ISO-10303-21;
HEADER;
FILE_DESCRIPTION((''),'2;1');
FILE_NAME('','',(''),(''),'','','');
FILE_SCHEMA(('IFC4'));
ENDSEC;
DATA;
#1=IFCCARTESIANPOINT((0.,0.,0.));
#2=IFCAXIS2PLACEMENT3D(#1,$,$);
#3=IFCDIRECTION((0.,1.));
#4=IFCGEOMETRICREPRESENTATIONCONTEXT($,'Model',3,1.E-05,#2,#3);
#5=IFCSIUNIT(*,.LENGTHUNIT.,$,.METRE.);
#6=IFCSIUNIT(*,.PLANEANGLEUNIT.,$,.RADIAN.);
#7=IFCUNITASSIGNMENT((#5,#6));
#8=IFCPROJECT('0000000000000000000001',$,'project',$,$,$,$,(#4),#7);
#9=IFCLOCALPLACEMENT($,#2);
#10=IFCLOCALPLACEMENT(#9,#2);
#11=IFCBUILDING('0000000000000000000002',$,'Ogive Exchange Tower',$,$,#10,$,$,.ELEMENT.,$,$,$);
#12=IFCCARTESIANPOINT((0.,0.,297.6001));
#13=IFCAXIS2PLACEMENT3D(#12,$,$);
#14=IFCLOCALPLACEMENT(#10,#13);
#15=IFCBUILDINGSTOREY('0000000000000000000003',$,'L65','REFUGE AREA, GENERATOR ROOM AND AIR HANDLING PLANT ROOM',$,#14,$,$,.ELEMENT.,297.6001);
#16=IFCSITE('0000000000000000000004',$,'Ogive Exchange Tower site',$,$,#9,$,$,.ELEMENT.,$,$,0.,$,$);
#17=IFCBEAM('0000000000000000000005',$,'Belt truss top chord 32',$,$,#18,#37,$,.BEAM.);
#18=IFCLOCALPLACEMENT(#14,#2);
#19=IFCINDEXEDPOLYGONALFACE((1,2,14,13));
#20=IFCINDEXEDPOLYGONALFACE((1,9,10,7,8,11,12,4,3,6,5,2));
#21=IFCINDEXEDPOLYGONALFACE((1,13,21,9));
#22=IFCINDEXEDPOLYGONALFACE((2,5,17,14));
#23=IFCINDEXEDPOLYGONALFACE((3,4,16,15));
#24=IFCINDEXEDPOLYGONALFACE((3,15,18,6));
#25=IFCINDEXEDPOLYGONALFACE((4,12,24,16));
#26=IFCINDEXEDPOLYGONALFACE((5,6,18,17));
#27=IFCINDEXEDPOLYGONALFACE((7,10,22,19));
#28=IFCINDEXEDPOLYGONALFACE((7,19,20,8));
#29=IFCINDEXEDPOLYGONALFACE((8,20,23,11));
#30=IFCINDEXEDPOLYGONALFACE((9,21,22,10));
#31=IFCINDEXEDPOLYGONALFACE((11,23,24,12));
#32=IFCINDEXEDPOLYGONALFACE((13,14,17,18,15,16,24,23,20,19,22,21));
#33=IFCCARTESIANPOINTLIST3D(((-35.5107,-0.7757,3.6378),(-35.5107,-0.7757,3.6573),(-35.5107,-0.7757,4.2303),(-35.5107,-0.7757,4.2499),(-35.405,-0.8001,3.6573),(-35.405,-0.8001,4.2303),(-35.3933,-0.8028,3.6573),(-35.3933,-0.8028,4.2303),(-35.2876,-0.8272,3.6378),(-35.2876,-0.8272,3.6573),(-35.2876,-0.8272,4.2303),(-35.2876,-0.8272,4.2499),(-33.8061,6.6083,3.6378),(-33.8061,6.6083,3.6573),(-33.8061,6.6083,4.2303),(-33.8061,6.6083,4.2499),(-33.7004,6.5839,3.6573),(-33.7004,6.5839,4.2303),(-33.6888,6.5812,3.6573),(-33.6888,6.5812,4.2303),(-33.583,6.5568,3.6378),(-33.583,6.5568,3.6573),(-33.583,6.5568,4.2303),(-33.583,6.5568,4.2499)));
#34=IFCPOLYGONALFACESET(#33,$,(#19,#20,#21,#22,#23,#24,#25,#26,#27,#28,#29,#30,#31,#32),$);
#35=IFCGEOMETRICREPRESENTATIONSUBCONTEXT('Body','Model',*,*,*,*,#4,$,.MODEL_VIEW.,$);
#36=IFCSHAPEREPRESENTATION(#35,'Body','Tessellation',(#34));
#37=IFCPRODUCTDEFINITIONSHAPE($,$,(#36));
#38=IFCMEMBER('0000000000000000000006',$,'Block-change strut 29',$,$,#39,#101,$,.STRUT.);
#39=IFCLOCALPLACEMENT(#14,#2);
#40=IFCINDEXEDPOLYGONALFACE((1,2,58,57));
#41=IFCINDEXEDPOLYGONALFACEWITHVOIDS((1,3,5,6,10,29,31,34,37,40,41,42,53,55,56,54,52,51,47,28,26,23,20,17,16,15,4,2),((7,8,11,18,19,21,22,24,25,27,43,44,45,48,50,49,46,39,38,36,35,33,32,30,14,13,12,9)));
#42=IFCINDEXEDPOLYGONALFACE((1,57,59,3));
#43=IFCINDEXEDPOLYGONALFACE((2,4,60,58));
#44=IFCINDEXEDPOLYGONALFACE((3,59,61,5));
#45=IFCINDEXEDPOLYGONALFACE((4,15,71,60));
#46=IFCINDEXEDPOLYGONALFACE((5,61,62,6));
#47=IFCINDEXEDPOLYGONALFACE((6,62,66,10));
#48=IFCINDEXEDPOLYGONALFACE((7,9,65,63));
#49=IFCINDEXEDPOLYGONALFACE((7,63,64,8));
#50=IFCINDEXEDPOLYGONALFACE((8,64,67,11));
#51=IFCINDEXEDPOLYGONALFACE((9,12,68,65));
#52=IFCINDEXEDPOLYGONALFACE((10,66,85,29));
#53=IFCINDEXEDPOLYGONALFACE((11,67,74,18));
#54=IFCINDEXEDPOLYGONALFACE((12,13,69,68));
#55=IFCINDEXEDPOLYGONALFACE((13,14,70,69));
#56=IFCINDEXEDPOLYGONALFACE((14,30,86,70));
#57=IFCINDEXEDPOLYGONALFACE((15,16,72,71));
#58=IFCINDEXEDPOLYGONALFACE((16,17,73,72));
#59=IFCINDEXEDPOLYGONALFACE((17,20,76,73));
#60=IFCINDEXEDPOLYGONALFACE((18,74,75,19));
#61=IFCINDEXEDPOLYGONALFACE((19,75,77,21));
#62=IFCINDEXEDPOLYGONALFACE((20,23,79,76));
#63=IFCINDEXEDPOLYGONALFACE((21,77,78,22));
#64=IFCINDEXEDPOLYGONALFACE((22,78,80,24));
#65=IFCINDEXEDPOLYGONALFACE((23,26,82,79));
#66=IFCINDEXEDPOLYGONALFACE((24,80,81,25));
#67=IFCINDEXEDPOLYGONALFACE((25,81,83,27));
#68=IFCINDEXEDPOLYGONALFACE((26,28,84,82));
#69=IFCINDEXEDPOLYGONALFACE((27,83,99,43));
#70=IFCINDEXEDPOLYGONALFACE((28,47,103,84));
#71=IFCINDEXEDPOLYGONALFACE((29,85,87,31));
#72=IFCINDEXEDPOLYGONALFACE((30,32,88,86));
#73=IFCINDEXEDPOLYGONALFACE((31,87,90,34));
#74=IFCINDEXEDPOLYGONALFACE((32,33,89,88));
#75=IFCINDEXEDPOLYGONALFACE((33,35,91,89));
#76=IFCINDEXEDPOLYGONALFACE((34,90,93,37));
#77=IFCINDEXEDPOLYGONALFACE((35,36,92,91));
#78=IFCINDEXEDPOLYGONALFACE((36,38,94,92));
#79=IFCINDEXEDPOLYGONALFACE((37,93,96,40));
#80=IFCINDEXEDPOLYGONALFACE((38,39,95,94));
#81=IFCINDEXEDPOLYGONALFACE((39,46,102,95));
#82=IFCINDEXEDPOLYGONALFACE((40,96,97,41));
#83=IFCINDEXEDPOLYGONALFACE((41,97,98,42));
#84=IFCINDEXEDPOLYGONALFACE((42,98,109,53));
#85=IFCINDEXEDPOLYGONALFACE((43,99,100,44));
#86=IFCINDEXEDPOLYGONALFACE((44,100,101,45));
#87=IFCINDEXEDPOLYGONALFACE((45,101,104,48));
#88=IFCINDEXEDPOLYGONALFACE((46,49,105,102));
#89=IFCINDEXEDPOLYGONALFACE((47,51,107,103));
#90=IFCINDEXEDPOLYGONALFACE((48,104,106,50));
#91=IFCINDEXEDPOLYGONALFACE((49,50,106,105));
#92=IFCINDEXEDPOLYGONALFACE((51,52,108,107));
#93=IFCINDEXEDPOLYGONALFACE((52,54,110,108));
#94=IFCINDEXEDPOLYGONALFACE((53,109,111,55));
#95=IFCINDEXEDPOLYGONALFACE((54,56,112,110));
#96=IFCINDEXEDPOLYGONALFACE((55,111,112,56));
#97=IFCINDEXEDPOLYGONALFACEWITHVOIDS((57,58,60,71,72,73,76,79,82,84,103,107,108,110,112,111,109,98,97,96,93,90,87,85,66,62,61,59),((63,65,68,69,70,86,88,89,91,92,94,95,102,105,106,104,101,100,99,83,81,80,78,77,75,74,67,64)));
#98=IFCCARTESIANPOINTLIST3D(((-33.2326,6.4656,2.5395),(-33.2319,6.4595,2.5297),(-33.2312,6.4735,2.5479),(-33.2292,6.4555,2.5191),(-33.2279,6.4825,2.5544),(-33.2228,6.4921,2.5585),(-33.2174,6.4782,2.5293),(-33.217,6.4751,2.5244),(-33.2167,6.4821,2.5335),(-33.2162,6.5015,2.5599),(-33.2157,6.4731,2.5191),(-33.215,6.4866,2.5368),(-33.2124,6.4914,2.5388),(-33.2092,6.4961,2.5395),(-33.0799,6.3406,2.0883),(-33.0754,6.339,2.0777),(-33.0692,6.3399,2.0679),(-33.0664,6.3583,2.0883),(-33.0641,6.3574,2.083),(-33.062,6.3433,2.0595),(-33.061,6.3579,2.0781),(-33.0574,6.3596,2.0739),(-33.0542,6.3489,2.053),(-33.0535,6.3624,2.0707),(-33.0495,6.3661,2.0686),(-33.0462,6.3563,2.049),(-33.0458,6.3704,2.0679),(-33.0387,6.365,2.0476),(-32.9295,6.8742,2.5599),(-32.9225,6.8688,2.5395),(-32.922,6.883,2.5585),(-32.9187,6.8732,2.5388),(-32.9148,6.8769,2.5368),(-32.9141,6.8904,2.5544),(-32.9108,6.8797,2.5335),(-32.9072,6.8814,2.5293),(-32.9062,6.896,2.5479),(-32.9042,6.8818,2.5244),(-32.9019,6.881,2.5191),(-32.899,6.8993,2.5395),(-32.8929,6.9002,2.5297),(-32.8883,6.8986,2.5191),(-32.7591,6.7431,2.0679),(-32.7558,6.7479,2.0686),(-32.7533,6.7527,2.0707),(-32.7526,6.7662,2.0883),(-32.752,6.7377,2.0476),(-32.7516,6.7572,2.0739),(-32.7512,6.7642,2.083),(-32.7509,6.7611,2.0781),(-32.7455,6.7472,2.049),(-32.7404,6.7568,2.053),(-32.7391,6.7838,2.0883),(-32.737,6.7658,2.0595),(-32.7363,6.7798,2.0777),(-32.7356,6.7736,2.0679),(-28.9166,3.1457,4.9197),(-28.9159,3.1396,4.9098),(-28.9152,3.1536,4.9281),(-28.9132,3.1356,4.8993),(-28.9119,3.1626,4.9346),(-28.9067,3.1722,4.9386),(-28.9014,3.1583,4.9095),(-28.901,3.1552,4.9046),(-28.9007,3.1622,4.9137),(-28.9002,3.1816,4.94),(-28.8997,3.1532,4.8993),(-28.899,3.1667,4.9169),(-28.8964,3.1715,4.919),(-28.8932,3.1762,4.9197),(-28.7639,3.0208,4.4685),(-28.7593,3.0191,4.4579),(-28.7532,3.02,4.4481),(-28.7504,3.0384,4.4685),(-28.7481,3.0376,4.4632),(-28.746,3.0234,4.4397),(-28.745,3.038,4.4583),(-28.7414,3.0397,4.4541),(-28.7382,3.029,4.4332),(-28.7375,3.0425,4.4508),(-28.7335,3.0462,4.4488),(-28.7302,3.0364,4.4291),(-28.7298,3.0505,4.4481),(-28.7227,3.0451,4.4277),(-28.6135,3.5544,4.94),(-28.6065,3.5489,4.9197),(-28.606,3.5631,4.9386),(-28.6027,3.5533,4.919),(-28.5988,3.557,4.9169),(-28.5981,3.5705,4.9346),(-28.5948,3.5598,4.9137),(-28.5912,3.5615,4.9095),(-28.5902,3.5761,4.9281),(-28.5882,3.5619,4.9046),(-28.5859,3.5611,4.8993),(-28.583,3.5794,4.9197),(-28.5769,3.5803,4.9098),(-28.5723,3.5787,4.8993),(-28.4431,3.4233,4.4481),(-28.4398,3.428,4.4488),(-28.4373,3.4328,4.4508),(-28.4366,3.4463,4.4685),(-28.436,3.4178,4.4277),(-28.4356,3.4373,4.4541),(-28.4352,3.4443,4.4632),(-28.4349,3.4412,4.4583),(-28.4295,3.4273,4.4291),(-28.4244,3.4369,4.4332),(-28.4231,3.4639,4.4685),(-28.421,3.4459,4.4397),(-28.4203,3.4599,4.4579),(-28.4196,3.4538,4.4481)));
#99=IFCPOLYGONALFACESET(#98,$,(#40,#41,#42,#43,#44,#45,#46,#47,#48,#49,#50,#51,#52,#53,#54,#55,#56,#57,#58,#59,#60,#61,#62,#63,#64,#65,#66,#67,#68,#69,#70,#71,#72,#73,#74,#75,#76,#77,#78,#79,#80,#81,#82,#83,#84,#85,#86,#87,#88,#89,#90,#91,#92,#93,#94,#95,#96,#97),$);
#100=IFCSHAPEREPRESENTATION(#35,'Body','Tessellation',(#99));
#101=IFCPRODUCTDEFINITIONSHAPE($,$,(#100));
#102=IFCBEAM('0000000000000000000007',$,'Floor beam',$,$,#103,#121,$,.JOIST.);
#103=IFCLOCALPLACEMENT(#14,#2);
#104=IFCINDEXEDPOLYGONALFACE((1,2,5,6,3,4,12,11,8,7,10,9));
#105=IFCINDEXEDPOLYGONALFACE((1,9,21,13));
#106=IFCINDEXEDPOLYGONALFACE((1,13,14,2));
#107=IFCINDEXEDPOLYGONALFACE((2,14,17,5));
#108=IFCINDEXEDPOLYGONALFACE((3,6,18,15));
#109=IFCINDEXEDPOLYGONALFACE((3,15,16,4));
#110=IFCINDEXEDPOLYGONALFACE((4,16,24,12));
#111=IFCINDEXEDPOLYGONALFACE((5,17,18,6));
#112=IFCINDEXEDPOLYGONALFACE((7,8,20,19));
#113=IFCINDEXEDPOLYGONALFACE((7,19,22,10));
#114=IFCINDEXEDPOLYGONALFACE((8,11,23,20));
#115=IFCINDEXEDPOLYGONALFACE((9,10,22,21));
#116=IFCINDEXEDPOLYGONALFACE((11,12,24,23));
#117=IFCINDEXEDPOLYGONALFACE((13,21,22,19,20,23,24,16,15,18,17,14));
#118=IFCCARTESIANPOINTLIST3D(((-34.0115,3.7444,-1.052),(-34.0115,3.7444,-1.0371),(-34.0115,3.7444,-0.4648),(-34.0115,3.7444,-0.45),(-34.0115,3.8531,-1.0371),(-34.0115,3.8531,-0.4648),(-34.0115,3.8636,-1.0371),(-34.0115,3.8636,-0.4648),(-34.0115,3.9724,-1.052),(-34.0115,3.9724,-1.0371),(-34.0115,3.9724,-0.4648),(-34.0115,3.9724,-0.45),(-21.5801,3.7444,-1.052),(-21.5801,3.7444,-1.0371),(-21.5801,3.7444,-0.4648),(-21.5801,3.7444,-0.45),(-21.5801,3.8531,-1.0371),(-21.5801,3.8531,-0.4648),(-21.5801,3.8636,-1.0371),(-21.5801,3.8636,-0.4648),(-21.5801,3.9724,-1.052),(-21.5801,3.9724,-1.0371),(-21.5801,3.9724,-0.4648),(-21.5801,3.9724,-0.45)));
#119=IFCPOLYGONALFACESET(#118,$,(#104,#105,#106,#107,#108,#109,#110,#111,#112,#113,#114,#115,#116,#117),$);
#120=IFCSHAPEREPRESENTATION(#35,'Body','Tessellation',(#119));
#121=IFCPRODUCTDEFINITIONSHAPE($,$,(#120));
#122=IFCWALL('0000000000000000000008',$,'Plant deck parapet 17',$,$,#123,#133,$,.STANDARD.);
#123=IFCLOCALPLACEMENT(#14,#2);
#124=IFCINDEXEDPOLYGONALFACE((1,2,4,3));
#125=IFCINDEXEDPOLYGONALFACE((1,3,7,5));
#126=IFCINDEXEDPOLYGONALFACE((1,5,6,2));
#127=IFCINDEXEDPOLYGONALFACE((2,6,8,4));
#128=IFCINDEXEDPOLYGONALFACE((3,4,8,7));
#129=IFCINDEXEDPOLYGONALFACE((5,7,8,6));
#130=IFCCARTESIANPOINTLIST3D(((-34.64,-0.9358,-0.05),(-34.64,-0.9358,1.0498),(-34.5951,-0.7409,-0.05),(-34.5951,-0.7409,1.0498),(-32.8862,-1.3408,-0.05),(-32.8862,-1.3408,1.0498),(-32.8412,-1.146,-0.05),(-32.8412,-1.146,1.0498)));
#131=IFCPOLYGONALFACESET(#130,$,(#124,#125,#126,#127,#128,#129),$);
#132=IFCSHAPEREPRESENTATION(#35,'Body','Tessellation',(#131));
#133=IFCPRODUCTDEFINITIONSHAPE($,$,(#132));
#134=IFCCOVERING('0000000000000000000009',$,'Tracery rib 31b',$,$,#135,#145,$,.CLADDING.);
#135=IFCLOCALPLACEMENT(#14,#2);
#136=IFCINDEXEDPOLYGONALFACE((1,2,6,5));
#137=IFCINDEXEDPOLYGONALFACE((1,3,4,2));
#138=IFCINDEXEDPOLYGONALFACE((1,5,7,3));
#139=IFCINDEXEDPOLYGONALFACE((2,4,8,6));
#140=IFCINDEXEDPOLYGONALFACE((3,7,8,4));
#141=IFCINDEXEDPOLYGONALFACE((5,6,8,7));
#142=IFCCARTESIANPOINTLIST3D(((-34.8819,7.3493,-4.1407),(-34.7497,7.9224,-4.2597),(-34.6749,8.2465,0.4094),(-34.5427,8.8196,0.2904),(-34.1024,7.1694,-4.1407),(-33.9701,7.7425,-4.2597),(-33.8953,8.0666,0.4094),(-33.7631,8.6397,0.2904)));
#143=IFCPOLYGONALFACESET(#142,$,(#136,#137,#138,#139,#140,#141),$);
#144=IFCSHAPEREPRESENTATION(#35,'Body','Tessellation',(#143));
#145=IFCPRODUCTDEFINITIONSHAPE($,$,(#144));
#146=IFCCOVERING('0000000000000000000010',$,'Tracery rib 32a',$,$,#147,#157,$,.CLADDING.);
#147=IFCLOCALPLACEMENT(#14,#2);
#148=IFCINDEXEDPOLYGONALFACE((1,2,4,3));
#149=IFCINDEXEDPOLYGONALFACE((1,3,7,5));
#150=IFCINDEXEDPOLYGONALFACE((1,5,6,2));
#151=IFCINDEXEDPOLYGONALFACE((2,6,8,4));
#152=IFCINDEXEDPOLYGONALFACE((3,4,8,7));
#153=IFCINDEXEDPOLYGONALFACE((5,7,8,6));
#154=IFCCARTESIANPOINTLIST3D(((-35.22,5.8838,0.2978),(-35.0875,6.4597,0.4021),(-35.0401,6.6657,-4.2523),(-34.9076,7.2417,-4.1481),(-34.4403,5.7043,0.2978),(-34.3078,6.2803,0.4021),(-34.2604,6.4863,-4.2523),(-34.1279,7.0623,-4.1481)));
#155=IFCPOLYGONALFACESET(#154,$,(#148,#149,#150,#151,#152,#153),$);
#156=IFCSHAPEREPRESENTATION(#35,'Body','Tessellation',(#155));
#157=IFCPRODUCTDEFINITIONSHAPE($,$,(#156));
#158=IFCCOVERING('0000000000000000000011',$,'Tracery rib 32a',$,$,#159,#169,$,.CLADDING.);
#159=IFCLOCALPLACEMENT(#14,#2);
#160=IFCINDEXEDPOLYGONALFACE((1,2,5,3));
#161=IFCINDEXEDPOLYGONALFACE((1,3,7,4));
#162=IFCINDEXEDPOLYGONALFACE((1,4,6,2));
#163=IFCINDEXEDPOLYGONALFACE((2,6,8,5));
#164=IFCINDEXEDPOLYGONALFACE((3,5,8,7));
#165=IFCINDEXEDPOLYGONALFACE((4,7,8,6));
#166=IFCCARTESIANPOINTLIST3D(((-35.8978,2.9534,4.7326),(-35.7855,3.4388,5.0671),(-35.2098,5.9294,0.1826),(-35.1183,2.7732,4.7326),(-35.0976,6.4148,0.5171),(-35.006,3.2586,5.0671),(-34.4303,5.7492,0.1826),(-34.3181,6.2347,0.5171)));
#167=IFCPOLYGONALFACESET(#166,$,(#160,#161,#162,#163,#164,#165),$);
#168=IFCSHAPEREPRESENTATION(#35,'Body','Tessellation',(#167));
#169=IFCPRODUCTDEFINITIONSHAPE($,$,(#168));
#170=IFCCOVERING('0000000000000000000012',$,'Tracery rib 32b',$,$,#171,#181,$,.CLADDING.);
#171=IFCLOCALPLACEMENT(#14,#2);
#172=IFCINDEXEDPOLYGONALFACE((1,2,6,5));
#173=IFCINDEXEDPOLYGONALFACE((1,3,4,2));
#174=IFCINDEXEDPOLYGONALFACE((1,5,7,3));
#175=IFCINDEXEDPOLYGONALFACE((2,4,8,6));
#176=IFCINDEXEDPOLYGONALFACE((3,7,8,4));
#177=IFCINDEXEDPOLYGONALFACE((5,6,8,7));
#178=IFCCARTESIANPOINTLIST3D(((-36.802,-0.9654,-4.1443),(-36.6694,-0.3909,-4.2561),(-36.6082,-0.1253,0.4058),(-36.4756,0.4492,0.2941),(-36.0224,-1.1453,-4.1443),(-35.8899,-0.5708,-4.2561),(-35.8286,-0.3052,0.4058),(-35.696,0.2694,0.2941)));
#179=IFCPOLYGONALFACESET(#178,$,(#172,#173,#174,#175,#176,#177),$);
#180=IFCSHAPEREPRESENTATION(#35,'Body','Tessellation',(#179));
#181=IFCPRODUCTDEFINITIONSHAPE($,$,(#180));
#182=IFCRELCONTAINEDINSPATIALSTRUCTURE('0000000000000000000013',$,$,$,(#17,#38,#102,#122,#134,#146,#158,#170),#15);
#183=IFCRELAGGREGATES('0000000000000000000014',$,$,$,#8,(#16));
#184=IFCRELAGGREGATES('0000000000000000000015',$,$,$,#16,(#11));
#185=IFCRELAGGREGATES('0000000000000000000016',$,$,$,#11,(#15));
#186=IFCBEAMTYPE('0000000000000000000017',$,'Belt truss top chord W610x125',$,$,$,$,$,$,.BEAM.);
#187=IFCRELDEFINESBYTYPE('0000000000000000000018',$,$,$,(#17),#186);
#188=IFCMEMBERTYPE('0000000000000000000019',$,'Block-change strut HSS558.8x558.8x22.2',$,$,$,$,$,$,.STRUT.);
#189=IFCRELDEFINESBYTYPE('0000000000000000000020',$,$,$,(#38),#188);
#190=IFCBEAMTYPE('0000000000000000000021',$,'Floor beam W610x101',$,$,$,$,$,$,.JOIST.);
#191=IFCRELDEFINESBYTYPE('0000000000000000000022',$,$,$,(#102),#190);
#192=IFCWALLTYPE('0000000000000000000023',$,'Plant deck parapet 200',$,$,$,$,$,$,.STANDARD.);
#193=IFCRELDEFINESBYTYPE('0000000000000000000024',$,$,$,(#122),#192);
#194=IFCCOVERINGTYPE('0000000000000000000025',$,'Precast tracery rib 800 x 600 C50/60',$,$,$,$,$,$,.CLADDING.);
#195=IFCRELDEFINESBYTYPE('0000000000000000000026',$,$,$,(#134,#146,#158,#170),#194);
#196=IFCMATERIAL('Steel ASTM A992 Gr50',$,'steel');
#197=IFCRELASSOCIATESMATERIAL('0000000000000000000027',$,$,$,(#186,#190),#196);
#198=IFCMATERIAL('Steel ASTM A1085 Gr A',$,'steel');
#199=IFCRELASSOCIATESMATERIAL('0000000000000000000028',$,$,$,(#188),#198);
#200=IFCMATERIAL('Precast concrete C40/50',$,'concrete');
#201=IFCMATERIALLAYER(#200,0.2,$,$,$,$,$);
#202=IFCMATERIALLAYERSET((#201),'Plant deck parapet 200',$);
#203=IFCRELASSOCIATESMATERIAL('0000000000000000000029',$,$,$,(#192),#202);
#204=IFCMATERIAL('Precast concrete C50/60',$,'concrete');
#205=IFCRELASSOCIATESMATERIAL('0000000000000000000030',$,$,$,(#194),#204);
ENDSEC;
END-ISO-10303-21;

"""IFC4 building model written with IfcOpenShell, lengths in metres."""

from ifc_helpers import new_model, si_unit, direction, frame, frame_2d, origin, origin_2d, place, context, subcontext, project, spatial, rectangle, hollow_rectangle, i_section, extrude, material, layer, layer_set, material_profile, profile_set, type_object, element, save


model = new_model("IFC4")

# Units and contexts
model_context = context("Model", 3, precision=1e-05, world=origin(), true_north=direction((0.0, 1.0)))
body_context = subcontext(model_context, "Body", "Model", "MODEL_VIEW")
ifc_project = project(units=[si_unit("LENGTHUNIT", "METRE"), si_unit("PLANEANGLEUNIT", "RADIAN")], contexts=[model_context])

# Site, building, storey
site_placement = place(None, origin())
site = spatial("IfcSite", under=ifc_project, at=site_placement, Name="Ogive Exchange Tower site", CompositionType="ELEMENT", RefElevation=0.0)
building_placement = place(site_placement, origin())
building = spatial("IfcBuilding", under=site, at=building_placement, Name="Ogive Exchange Tower", CompositionType="ELEMENT")
storey_placement = place(building_placement, frame((0.0, 0.0, 297.6001)))
storey = spatial("IfcBuildingStorey", under=building, at=storey_placement, Name="L65", Description="REFUGE AREA, GENERATOR ROOM AND AIR HANDLING PLANT ROOM", CompositionType="ELEMENT", Elevation=297.6001)

# Shared definitions
ifc_material_1 = material(Name="Steel ASTM A992 Gr50", Category="steel")

# Shared definitions
ifc_material_2 = material(Name="Steel ASTM A1085 Gr A", Category="steel")

# Beam
ifc_material_profile_1 = material_profile(ifc_material_1, i_section(OverallWidth=0.229, OverallDepth=0.6121, WebThickness=0.012, FlangeThickness=0.0195, at=origin_2d()), Name="W610x125")
ifc_profile_set_1 = profile_set([ifc_material_profile_1], Name="Steel ASTM A992 Gr50")
beam_type_1 = type_object("IfcBeamType", Name="Belt truss top chord W610x125", PredefinedType="BEAM", material=ifc_profile_set_1)
beam_1_placement = place(storey_placement, frame((-33.6946, 6.5825, 3.9438), z_axis=(-0.224932, -0.974374, 0.0), x_axis=(0.974374, -0.224932, 0.0)))
element("IfcBeam", 1, at=beam_1_placement, inside=storey, type_object=beam_type_1, Name="Belt truss top chord 32", PredefinedType="BEAM", context=body_context, shape_type="SweptSolid", body=[
    extrude(i_section(OverallWidth=0.229, OverallDepth=0.6121, WebThickness=0.012, FlangeThickness=0.0195, at=origin_2d()), origin(), (0.0, 0.0, 1.0), 7.5781),
])

# Member
ifc_material_profile_2 = material_profile(ifc_material_2, hollow_rectangle(XDim=0.5591, YDim=0.5591, WallThickness=0.0222, InnerFilletRadius=0.0222, OuterFilletRadius=0.0444, at=origin_2d()), Name="HSS558.8x558.8x22.2")
ifc_profile_set_2 = profile_set([ifc_material_profile_2], Name="Steel ASTM A1085 Gr A")
member_type_1 = type_object("IfcMemberType", Name="Block-change strut HSS558.8x558.8x22.2", PredefinedType="STRUT", material=ifc_profile_set_2)
member_1_placement = place(storey_placement, frame((-32.9841, 6.6196, 2.3037), z_axis=(0.726279, -0.558657, 0.400526), x_axis=(0.609698, 0.792634, 0.0)))
element("IfcMember", 2, at=member_1_placement, inside=storey, type_object=member_type_1, Name="Block-change strut 29", PredefinedType="STRUT", context=body_context, shape_type="SweptSolid", body=[
    extrude(hollow_rectangle(XDim=0.5591, YDim=0.5591, WallThickness=0.0222, InnerFilletRadius=0.0222, OuterFilletRadius=0.0444, at=origin_2d()), origin(), (0.0, 0.0, 1.0), 5.9426),
])

# Beam
ifc_material_profile_3 = material_profile(ifc_material_1, i_section(OverallWidth=0.228, OverallDepth=0.6021, WebThickness=0.0105, FlangeThickness=0.0149, at=origin_2d()), Name="W610x101")
ifc_profile_set_3 = profile_set([ifc_material_profile_3], Name="Steel ASTM A992 Gr50")
beam_type_2 = type_object("IfcBeamType", Name="Floor beam W610x101", PredefinedType="JOIST", material=ifc_profile_set_3)
beam_2_placement = place(storey_placement, frame((-34.0115, 3.8584, -0.751), z_axis=(1.0, 0.0, 0.0), x_axis=(0.0, 1.0, 0.0)))
element("IfcBeam", 3, at=beam_2_placement, inside=storey, type_object=beam_type_2, Name="Floor beam", PredefinedType="JOIST", context=body_context, shape_type="SweptSolid", body=[
    extrude(i_section(OverallWidth=0.228, OverallDepth=0.6021, WebThickness=0.0105, FlangeThickness=0.0149, at=origin_2d()), origin(), (0.0, 0.0, 1.0), 12.4314),
])

# Wall
ifc_material_3 = material(Name="Precast concrete C40/50", Category="concrete")
ifc_layer = layer(ifc_material_3, 0.2)
ifc_layer_set = layer_set([ifc_layer], Name="Plant deck parapet 200")
wall_type = type_object("IfcWallType", Name="Plant deck parapet 200", PredefinedType="STANDARD", material=ifc_layer_set)
wall_placement = place(storey_placement, frame((-34.6174, -0.8384, -0.05), z_axis=(0.0, 0.0, 1.0), x_axis=(0.974357, -0.225008, 0.0)))
element("IfcWall", 4, at=wall_placement, inside=storey, type_object=wall_type, Name="Plant deck parapet 17", PredefinedType="STANDARD", context=body_context, shape_type="SweptSolid", body=[
    extrude(rectangle(XDim=1.8, YDim=0.2, at=frame_2d((0.8999, 0.0))), origin(), (0.0, 0.0, 1.0), 1.0999),
])

# Coverings
ifc_material_4 = material(Name="Precast concrete C50/60", Category="concrete")
ifc_material_profile_4 = material_profile(ifc_material_4, rectangle(XDim=0.8, YDim=0.6001, at=origin_2d()), Name="RIB 800 x 600")
ifc_profile_set_4 = profile_set([ifc_material_profile_4], Name="Precast concrete C50/60")
covering_type = type_object("IfcCoveringType", Name="Precast tracery rib 800 x 600 C50/60", PredefinedType="CLADDING", material=ifc_profile_set_4)
covering_1_placement = place(storey_placement, frame((-34.426, 7.5459, -4.2002), z_axis=(0.044597, 0.193271, 0.980131), x_axis=(-0.974396, 0.22484, 0.0)))
element("IfcCovering", 5, at=covering_1_placement, inside=storey, type_object=covering_type, Name="Tracery rib 31b", PredefinedType="CLADDING", context=body_context, shape_type="SweptSolid", body=[
    extrude(rectangle(XDim=0.8, YDim=0.6001, at=origin_2d()), origin(), (0.0, 0.0, 1.0), 4.6423),
])
covering_2_placement = place(storey_placement, frame((-34.584, 6.864, -4.2002), z_axis=(-0.038944, -0.169251, 0.984803), x_axis=(0.974535, -0.224237, 0.0)))
element("IfcCovering", 6, at=covering_2_placement, inside=storey, type_object=covering_type, Name="Tracery rib 32a", PredefinedType="CLADDING", context=body_context, shape_type="SweptSolid", body=[
    extrude(rectangle(XDim=0.8, YDim=0.6001, at=origin_2d()), origin(), (0.0, 0.0, 1.0), 4.6204),
])
covering_3_placement = place(storey_placement, frame((-34.7639, 6.082, 0.3499), z_axis=(-0.125539, -0.543053, 0.830261), x_axis=(0.974305, -0.225233, 0.0)))
element("IfcCovering", 7, at=covering_3_placement, inside=storey, type_object=covering_type, Name="Tracery rib 32a", PredefinedType="CLADDING", context=body_context, shape_type="SweptSolid", body=[
    extrude(rectangle(XDim=0.8, YDim=0.6001, at=origin_2d()), origin(), (0.0, 0.0, 1.0), 5.4802),
])
covering_4_placement = place(storey_placement, frame((-36.3459, -0.7681, -4.2002), z_axis=(0.041859, 0.181405, 0.982517), x_axis=(-0.974396, 0.224839, 0.0)))
element("IfcCovering", 8, at=covering_4_placement, inside=storey, type_object=covering_type, Name="Tracery rib 32b", PredefinedType="CLADDING", context=body_context, shape_type="SweptSolid", body=[
    extrude(rectangle(XDim=0.8, YDim=0.6001, at=origin_2d()), origin(), (0.0, 0.0, 1.0), 4.6311),
])

save(model, "model.ifc")
